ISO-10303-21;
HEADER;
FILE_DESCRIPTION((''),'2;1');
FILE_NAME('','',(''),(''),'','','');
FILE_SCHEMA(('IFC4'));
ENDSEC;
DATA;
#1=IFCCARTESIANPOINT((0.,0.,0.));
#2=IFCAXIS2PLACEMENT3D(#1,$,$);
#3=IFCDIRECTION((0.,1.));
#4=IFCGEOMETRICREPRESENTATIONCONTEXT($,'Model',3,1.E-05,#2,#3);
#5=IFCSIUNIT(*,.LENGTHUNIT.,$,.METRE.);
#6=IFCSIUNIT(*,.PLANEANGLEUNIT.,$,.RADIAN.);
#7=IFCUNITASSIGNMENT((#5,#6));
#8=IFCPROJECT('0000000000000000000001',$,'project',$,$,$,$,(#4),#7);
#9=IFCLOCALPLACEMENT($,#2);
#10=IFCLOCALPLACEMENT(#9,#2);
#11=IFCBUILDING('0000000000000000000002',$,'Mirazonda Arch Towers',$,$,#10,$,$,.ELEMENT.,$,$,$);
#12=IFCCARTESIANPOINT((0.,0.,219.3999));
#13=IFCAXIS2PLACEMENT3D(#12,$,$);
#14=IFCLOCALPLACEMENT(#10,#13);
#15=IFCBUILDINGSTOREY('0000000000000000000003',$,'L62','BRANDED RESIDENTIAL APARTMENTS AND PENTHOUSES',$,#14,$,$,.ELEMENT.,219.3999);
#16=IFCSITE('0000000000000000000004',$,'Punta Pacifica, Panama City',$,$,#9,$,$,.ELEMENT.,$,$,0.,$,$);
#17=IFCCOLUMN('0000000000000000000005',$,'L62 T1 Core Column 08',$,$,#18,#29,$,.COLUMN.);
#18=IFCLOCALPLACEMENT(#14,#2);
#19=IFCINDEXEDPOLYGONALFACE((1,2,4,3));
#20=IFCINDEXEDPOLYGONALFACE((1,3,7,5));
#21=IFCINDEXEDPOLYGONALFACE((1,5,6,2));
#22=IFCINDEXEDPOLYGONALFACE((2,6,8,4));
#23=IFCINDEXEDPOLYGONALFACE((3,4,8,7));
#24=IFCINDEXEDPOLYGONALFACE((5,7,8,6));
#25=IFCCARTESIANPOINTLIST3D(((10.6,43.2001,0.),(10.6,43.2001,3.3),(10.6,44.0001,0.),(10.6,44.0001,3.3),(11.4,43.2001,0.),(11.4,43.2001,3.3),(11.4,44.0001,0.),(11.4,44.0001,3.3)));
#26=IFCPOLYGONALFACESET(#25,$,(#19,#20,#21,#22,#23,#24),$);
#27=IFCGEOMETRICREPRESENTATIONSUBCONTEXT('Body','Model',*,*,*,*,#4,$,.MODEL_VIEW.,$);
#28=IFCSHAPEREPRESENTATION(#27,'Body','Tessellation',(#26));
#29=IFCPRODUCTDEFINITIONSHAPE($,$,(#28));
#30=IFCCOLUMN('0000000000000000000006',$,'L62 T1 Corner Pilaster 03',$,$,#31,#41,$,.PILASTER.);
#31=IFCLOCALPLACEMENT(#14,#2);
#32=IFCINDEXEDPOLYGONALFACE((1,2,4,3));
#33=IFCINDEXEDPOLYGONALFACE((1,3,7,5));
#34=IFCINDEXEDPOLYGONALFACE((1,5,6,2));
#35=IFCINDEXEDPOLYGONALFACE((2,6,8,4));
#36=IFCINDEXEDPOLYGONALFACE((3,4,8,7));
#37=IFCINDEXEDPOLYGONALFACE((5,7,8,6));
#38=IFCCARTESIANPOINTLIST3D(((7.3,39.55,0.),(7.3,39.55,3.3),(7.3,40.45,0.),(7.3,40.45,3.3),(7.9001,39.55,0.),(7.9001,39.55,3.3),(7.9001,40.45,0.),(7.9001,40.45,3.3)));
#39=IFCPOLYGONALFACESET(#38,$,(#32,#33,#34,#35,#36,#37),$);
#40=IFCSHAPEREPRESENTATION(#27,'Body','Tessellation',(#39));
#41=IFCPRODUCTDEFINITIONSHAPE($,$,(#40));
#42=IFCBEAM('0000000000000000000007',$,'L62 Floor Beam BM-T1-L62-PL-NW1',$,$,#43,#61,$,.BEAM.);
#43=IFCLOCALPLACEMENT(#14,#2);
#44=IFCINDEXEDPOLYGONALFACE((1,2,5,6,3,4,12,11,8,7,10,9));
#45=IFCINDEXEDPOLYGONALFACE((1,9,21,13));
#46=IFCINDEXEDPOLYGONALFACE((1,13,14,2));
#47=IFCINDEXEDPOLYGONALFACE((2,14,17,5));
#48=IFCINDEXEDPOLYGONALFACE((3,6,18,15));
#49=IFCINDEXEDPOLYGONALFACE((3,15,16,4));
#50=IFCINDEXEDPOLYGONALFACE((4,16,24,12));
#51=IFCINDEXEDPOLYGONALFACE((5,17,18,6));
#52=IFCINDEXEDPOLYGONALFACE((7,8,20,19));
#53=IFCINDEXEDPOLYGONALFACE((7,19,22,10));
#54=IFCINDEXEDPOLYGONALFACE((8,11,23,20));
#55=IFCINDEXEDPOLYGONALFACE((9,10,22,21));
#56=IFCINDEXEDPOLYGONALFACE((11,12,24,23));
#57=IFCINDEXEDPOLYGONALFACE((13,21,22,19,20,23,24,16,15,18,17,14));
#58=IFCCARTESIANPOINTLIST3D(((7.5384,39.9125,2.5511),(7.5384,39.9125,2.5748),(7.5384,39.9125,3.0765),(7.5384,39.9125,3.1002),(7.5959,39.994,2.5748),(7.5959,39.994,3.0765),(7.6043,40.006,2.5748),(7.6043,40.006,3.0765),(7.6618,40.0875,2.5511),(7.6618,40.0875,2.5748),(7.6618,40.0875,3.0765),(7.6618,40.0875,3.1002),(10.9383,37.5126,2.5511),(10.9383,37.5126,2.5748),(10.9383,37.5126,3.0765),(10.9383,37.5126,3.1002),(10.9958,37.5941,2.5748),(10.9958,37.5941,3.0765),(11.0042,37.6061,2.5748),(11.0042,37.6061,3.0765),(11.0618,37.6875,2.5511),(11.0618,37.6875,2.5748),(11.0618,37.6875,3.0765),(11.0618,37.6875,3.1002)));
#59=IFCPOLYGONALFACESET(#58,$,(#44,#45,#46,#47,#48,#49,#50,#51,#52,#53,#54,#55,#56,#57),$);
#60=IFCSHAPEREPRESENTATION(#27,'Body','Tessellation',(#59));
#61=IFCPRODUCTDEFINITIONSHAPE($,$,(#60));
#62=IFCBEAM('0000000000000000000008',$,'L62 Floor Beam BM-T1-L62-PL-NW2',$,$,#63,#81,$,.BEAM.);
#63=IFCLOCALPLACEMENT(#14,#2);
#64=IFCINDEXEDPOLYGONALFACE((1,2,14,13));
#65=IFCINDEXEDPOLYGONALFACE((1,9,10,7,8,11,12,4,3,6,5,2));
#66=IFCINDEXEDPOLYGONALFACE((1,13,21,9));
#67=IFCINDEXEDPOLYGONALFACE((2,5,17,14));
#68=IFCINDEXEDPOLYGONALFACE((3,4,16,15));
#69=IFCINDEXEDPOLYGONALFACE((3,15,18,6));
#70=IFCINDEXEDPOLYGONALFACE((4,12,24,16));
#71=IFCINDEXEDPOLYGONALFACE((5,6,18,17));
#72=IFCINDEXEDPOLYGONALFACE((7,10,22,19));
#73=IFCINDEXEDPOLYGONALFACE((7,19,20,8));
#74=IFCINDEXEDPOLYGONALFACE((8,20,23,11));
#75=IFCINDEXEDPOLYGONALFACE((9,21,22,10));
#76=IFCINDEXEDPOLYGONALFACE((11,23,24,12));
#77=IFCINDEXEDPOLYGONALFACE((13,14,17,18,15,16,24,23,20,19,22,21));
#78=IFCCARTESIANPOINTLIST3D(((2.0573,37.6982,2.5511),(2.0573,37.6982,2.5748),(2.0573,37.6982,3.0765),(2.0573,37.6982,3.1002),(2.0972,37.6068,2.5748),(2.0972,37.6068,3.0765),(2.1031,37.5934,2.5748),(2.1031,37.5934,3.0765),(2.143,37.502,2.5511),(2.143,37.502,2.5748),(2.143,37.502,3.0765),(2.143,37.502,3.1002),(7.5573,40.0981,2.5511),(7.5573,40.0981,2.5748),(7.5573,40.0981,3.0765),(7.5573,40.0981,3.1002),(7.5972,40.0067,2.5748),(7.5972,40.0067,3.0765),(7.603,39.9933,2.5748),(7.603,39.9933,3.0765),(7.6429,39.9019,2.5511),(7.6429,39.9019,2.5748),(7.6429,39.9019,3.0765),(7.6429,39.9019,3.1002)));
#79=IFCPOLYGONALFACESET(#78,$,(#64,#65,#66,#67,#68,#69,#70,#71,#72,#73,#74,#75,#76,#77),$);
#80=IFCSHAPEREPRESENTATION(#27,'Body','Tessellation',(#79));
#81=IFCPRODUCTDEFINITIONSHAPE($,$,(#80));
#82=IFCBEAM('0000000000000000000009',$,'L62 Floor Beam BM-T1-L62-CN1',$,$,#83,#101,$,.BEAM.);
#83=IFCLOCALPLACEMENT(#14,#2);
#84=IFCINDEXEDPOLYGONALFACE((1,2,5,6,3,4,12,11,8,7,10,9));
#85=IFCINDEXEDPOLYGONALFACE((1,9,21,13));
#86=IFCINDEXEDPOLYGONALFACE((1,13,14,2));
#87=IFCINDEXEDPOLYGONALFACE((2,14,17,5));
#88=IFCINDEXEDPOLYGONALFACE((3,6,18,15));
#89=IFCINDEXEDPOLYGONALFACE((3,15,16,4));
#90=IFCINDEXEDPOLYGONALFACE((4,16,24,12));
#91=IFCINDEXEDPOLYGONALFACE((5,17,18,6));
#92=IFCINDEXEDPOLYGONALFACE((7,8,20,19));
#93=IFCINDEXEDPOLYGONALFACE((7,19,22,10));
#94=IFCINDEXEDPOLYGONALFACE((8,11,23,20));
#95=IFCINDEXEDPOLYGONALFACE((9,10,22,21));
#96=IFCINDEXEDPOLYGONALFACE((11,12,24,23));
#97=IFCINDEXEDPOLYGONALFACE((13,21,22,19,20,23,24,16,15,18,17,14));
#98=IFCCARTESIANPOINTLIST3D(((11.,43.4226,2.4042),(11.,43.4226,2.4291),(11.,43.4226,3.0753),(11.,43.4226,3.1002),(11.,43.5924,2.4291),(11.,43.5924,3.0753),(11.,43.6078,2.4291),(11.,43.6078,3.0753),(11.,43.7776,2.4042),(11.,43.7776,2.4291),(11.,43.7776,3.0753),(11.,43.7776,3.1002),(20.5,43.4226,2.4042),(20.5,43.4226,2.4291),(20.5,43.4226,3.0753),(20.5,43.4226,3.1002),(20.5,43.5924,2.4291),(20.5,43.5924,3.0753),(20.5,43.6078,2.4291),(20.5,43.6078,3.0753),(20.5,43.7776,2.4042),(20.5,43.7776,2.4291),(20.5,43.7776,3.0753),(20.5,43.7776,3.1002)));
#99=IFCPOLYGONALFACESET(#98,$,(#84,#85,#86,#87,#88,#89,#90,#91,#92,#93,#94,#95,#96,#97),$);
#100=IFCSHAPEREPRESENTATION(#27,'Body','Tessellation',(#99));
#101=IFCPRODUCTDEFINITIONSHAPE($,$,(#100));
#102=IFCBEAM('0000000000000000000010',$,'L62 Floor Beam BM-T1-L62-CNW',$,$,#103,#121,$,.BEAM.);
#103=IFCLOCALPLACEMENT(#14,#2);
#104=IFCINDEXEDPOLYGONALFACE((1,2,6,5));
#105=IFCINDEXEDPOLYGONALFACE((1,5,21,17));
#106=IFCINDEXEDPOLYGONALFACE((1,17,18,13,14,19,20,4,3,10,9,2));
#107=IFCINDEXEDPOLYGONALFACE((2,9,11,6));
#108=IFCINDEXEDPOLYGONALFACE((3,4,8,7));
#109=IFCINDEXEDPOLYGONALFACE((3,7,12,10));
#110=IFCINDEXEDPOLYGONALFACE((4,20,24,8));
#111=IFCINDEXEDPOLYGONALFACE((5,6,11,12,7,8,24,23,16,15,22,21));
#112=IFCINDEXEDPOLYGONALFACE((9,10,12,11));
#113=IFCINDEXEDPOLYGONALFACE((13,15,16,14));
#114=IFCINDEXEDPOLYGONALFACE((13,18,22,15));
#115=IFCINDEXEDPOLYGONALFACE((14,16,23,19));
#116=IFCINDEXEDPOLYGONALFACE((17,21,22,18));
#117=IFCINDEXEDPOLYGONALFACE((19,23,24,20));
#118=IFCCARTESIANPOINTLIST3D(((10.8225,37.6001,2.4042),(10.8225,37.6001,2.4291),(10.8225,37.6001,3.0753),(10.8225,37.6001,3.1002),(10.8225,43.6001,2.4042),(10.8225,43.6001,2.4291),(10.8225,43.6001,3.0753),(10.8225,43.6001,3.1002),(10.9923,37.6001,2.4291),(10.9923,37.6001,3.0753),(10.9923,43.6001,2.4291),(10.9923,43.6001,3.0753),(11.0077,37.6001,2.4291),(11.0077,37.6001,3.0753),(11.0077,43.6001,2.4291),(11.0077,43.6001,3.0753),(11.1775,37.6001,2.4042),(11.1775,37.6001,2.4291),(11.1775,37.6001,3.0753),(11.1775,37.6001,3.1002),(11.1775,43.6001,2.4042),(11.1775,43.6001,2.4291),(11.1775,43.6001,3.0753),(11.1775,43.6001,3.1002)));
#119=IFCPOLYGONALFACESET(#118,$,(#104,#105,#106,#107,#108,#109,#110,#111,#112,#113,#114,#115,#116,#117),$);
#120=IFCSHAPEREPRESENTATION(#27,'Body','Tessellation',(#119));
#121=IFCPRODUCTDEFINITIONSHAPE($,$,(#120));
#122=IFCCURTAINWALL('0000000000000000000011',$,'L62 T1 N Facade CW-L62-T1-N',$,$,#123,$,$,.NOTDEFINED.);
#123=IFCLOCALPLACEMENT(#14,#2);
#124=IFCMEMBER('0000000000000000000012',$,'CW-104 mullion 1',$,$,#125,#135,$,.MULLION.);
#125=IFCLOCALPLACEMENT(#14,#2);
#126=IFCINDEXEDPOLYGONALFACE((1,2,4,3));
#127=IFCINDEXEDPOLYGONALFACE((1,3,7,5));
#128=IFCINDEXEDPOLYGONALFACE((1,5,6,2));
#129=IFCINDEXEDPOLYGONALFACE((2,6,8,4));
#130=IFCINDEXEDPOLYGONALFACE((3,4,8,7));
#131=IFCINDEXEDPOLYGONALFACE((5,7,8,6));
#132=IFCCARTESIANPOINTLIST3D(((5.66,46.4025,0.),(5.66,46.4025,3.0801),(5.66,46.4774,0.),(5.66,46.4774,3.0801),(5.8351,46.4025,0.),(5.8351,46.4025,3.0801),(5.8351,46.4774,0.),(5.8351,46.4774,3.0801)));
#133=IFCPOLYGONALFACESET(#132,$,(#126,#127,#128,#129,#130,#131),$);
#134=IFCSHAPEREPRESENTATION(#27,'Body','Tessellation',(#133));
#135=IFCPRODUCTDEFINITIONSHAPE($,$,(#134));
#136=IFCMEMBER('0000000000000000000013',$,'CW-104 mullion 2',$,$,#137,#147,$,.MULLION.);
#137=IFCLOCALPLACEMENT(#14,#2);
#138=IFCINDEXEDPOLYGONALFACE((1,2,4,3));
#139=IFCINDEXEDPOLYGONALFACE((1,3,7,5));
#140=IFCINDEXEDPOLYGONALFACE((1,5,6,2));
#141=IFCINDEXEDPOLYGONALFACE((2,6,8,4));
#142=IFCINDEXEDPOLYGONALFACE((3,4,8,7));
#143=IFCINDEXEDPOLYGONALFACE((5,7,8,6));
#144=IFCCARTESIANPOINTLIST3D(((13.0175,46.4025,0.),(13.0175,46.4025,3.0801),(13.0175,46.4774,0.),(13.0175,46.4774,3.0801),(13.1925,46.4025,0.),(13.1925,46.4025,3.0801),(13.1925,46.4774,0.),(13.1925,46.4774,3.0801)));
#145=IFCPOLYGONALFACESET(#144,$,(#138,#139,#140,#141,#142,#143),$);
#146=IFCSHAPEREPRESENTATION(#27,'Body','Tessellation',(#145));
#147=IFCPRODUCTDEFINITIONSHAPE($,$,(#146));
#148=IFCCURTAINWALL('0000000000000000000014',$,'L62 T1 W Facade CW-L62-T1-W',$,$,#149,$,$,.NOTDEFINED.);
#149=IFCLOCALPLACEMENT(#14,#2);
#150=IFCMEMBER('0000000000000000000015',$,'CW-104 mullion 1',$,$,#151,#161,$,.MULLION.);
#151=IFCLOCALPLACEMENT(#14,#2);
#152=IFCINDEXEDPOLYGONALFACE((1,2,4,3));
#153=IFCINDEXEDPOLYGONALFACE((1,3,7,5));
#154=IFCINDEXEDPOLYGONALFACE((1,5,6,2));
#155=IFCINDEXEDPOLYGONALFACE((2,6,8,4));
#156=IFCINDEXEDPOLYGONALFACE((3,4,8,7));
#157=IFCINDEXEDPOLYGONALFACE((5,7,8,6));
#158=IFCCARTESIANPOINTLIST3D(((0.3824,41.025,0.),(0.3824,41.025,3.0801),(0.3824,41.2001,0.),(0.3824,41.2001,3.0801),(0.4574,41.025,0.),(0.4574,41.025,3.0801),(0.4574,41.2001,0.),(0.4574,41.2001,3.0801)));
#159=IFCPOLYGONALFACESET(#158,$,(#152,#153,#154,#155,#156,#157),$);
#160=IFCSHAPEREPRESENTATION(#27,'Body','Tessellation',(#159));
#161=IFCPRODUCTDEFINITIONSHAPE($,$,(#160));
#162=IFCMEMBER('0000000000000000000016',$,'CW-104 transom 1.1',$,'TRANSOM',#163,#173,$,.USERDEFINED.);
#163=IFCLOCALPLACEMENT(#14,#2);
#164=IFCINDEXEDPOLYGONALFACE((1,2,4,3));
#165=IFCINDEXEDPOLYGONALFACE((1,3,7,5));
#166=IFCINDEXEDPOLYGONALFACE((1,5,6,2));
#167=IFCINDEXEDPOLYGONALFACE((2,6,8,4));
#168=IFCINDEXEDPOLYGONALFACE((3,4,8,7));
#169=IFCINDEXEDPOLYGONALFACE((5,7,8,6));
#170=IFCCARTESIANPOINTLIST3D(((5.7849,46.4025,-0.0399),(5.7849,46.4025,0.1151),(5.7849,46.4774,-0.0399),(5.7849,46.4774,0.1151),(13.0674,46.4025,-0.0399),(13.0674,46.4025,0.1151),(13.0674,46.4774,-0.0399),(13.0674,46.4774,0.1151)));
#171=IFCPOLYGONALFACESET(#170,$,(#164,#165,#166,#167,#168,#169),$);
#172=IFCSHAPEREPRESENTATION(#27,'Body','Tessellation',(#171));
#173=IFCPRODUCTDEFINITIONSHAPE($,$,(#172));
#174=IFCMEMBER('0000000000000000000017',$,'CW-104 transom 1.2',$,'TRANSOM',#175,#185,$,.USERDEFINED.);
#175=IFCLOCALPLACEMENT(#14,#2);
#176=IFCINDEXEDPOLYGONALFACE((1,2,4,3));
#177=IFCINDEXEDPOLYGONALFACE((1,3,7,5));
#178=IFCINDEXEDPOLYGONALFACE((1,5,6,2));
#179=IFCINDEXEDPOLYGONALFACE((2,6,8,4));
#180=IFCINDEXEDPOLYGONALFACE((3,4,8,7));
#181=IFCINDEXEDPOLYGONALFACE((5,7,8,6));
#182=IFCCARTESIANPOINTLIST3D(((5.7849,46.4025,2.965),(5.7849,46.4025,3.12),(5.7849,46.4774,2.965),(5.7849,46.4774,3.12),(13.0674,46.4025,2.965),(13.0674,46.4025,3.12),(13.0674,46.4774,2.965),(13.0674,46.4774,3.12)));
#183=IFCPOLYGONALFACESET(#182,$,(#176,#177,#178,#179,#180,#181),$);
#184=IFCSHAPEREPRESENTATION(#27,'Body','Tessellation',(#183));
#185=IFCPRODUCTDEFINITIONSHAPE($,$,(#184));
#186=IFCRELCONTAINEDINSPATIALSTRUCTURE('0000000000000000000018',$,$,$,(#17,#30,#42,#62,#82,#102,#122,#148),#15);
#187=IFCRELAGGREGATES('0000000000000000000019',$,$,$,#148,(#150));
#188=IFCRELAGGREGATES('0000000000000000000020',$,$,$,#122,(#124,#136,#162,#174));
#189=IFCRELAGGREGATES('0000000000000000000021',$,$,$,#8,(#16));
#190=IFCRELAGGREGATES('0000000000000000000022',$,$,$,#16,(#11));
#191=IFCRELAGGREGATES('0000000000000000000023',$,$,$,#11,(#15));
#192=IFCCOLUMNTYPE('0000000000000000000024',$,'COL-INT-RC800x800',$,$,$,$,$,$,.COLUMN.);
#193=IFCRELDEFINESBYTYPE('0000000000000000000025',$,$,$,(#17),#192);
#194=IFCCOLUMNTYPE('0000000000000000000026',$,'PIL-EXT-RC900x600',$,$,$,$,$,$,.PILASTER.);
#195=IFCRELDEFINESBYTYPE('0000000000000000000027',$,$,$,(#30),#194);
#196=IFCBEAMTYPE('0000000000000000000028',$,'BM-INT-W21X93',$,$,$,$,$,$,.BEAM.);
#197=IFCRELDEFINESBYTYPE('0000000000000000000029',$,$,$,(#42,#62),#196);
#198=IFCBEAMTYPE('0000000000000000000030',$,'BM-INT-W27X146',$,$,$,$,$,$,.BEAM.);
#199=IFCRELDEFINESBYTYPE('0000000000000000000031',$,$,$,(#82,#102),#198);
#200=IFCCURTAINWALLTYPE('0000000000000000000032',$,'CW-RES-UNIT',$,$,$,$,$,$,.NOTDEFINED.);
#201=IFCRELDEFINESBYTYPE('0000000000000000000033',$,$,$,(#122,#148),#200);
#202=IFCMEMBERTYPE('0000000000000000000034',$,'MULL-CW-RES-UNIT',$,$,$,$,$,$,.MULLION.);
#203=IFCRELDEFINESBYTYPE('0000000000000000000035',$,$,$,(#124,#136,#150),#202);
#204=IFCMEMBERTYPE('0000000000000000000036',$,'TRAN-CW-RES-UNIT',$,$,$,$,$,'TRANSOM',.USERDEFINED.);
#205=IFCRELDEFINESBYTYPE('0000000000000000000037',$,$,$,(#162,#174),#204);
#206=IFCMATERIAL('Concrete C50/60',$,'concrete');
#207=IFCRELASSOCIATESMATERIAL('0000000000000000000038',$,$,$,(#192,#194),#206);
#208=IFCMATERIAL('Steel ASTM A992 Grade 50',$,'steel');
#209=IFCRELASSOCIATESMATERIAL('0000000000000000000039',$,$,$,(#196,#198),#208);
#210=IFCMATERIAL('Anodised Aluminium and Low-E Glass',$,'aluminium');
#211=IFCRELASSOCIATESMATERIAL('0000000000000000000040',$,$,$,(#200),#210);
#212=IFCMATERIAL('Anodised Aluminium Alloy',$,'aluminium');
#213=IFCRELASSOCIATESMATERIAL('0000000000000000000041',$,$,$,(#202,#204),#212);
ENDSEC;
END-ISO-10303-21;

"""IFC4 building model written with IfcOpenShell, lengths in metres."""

from ifc_helpers import new_model, si_unit, direction, frame, origin, origin_2d, place, context, subcontext, project, spatial, rectangle, i_section, extrude, material, material_profile, profile_set, type_object, element, aggregate, save


model = new_model("IFC4")

# Units and contexts
model_context = context("Model", 3, precision=1e-05, world=origin(), true_north=direction((0.0, 1.0)))
body_context = subcontext(model_context, "Body", "Model", "MODEL_VIEW")
ifc_project = project(units=[si_unit("LENGTHUNIT", "METRE"), si_unit("PLANEANGLEUNIT", "RADIAN")], contexts=[model_context])

# Site, building, storey
site_placement = place(None, origin())
site = spatial("IfcSite", under=ifc_project, at=site_placement, Name="Punta Pacifica, Panama City", CompositionType="ELEMENT", RefElevation=0.0)
building_placement = place(site_placement, origin())
building = spatial("IfcBuilding", under=site, at=building_placement, Name="Mirazonda Arch Towers", CompositionType="ELEMENT")
storey_placement = place(building_placement, frame((0.0, 0.0, 219.3999)))
storey = spatial("IfcBuildingStorey", under=building, at=storey_placement, Name="L62", Description="BRANDED RESIDENTIAL APARTMENTS AND PENTHOUSES", CompositionType="ELEMENT", Elevation=219.3999)

# Columns
ifc_material_1 = material(Name="Concrete C50/60", Category="concrete")
ifc_material_profile_1 = material_profile(ifc_material_1, rectangle(XDim=0.8, YDim=0.8, at=origin_2d()), Name="RC800x800")
ifc_profile_set_1 = profile_set([ifc_material_profile_1], Name="Concrete C50/60")
column_type_1 = type_object("IfcColumnType", Name="COL-INT-RC800x800", PredefinedType="COLUMN", material=ifc_profile_set_1)
column_1_placement = place(storey_placement, frame((11.0, 43.6001, 0.0), z_axis=(0.0, 0.0, 1.0), x_axis=(1.0, 0.0, 0.0)))
element("IfcColumn", 1, at=column_1_placement, inside=storey, type_object=column_type_1, Name="L62 T1 Core Column 08", PredefinedType="COLUMN", context=body_context, shape_type="SweptSolid", body=[
    extrude(rectangle(XDim=0.8, YDim=0.8, at=origin_2d()), origin(), (0.0, 0.0, 1.0), 3.3),
])
ifc_material_profile_2 = material_profile(ifc_material_1, rectangle(XDim=0.6001, YDim=0.8999, at=origin_2d()), Name="RC900x600")
ifc_profile_set_2 = profile_set([ifc_material_profile_2], Name="Concrete C50/60")
column_type_2 = type_object("IfcColumnType", Name="PIL-EXT-RC900x600", PredefinedType="PILASTER", material=ifc_profile_set_2)
column_2_placement = place(storey_placement, frame((7.6001, 40.0, 0.0), z_axis=(0.0, 0.0, 1.0), x_axis=(1.0, 0.0, 0.0)))
element("IfcColumn", 2, at=column_2_placement, inside=storey, type_object=column_type_2, Name="L62 T1 Corner Pilaster 03", PredefinedType="PILASTER", context=body_context, shape_type="SweptSolid", body=[
    extrude(rectangle(XDim=0.6001, YDim=0.8999, at=origin_2d()), origin(), (0.0, 0.0, 1.0), 3.3),
])

# Beams
ifc_material_2 = material(Name="Steel ASTM A992 Grade 50", Category="steel")
ifc_material_profile_3 = material_profile(ifc_material_2, i_section(OverallWidth=0.2141, OverallDepth=0.5491, WebThickness=0.0146, FlangeThickness=0.0237, at=origin_2d()), Name="W21X93")
ifc_profile_set_3 = profile_set([ifc_material_profile_3], Name="Steel ASTM A992 Grade 50")
beam_type_1 = type_object("IfcBeamType", Name="BM-INT-W21X93", PredefinedType="BEAM", material=ifc_profile_set_3)
beam_1_placement = place(storey_placement, frame((7.6001, 40.0, 2.8257), z_axis=(0.816971, -0.576679, 0.0), x_axis=(0.576679, 0.816971, 0.0)))
element("IfcBeam", 3, at=beam_1_placement, inside=storey, type_object=beam_type_1, Name="L62 Floor Beam BM-T1-L62-PL-NW1", PredefinedType="BEAM", context=body_context, shape_type="SweptSolid", body=[
    extrude(i_section(OverallWidth=0.2141, OverallDepth=0.5491, WebThickness=0.0146, FlangeThickness=0.0237, at=origin_2d()), origin(), (0.0, 0.0, 1.0), 4.1616),
])
beam_2_placement = place(storey_placement, frame((7.6001, 40.0, 2.8257), z_axis=(-0.916545, -0.399931, 0.0), x_axis=(0.399931, -0.916545, 0.0)))
element("IfcBeam", 4, at=beam_2_placement, inside=storey, type_object=beam_type_1, Name="L62 Floor Beam BM-T1-L62-PL-NW2", PredefinedType="BEAM", context=body_context, shape_type="SweptSolid", body=[
    extrude(i_section(OverallWidth=0.2141, OverallDepth=0.5491, WebThickness=0.0146, FlangeThickness=0.0237, at=origin_2d()), origin(), (0.0, 0.0, 1.0), 6.0007),
])
ifc_material_profile_4 = material_profile(ifc_material_2, i_section(OverallWidth=0.355, OverallDepth=0.696, WebThickness=0.0154, FlangeThickness=0.0249, at=origin_2d()), Name="W27X146")
ifc_profile_set_4 = profile_set([ifc_material_profile_4], Name="Steel ASTM A992 Grade 50")
beam_type_2 = type_object("IfcBeamType", Name="BM-INT-W27X146", PredefinedType="BEAM", material=ifc_profile_set_4)
beam_3_placement = place(storey_placement, frame((11.0, 43.6001, 2.7522), z_axis=(1.0, 0.0, 0.0), x_axis=(0.0, 1.0, 0.0)))
element("IfcBeam", 5, at=beam_3_placement, inside=storey, type_object=beam_type_2, Name="L62 Floor Beam BM-T1-L62-CN1", PredefinedType="BEAM", context=body_context, shape_type="SweptSolid", body=[
    extrude(i_section(OverallWidth=0.355, OverallDepth=0.696, WebThickness=0.0154, FlangeThickness=0.0249, at=origin_2d()), origin(), (0.0, 0.0, 1.0), 9.5),
])
beam_4_placement = place(storey_placement, frame((11.0, 37.6001, 2.7522), z_axis=(0.0, 1.0, 0.0), x_axis=(-1.0, 0.0, 0.0)))
element("IfcBeam", 6, at=beam_4_placement, inside=storey, type_object=beam_type_2, Name="L62 Floor Beam BM-T1-L62-CNW", PredefinedType="BEAM", context=body_context, shape_type="SweptSolid", body=[
    extrude(i_section(OverallWidth=0.355, OverallDepth=0.696, WebThickness=0.0154, FlangeThickness=0.0249, at=origin_2d()), origin(), (0.0, 0.0, 1.0), 6.0),
])

# Curtain wall, members
ifc_material_3 = material(Name="Anodised Aluminium and Low-E Glass", Category="aluminium")
curtain_wall_type = type_object("IfcCurtainWallType", Name="CW-RES-UNIT", PredefinedType="NOTDEFINED", material=ifc_material_3)
curtain_wall_1_placement = place(storey_placement, origin())
curtain_wall_1 = element("IfcCurtainWall", 7, at=curtain_wall_1_placement, inside=storey, type_object=curtain_wall_type, Name="L62 T1 N Facade CW-L62-T1-N", PredefinedType="NOTDEFINED")
ifc_material_4 = material(Name="Anodised Aluminium Alloy", Category="aluminium")
ifc_material_profile_5 = material_profile(ifc_material_4, rectangle(XDim=0.075, YDim=0.175, at=origin_2d()), Name="ALU-MULL-75x175")
ifc_profile_set_5 = profile_set([ifc_material_profile_5], Name="Anodised Aluminium Alloy")
member_type_1 = type_object("IfcMemberType", Name="MULL-CW-RES-UNIT", PredefinedType="MULLION", material=ifc_profile_set_5)
member_1_placement = place(storey_placement, frame((5.7476, 46.4399, 0.0), z_axis=(0.0, 0.0, 1.0), x_axis=(0.0, 1.0, 0.0)))
member_1 = element("IfcMember", 8, at=member_1_placement, type_object=member_type_1, Name="CW-104 mullion 1", PredefinedType="MULLION", context=body_context, shape_type="SweptSolid", body=[
    extrude(rectangle(XDim=0.075, YDim=0.175, at=origin_2d()), origin(), (0.0, 0.0, 1.0), 3.0801),
])
member_2_placement = place(storey_placement, frame((13.105, 46.4399, 0.0), z_axis=(0.0, 0.0, 1.0), x_axis=(0.0, 1.0, 0.0)))
member_2 = element("IfcMember", 9, at=member_2_placement, type_object=member_type_1, Name="CW-104 mullion 2", PredefinedType="MULLION", context=body_context, shape_type="SweptSolid", body=[
    extrude(rectangle(XDim=0.075, YDim=0.175, at=origin_2d()), origin(), (0.0, 0.0, 1.0), 3.0801),
])

# Curtain wall, member
curtain_wall_2_placement = place(storey_placement, origin())
curtain_wall_2 = element("IfcCurtainWall", 10, at=curtain_wall_2_placement, inside=storey, type_object=curtain_wall_type, Name="L62 T1 W Facade CW-L62-T1-W", PredefinedType="NOTDEFINED")
member_3_placement = place(storey_placement, frame((0.4199, 41.1125, 0.0), z_axis=(0.0, 0.0, 1.0), x_axis=(1.0, 0.0, 0.0)))
member_3 = element("IfcMember", 11, at=member_3_placement, type_object=member_type_1, Name="CW-104 mullion 1", PredefinedType="MULLION", context=body_context, shape_type="SweptSolid", body=[
    extrude(rectangle(XDim=0.075, YDim=0.175, at=origin_2d()), origin(), (0.0, 0.0, 1.0), 3.0801),
])

# Members
ifc_material_profile_6 = material_profile(ifc_material_4, rectangle(XDim=0.075, YDim=0.155, at=origin_2d()), Name="ALU-TRAN-75x155")
ifc_profile_set_6 = profile_set([ifc_material_profile_6], Name="Anodised Aluminium Alloy")
member_type_2 = type_object("IfcMemberType", Name="TRAN-CW-RES-UNIT", ElementType="TRANSOM", PredefinedType="USERDEFINED", material=ifc_profile_set_6)
member_4_placement = place(storey_placement, frame((5.7849, 46.4399, 0.0376), z_axis=(1.0, 0.0, 0.0), x_axis=(0.0, 1.0, 0.0)))
member_4 = element("IfcMember", 12, at=member_4_placement, type_object=member_type_2, Name="CW-104 transom 1.1", ObjectType="TRANSOM", PredefinedType="USERDEFINED", context=body_context, shape_type="SweptSolid", body=[
    extrude(rectangle(XDim=0.075, YDim=0.155, at=origin_2d()), origin(), (0.0, 0.0, 1.0), 7.2825),
])
member_5_placement = place(storey_placement, frame((5.7849, 46.4399, 3.0425), z_axis=(1.0, 0.0, 0.0), x_axis=(0.0, 1.0, 0.0)))
member_5 = element("IfcMember", 13, at=member_5_placement, type_object=member_type_2, Name="CW-104 transom 1.2", ObjectType="TRANSOM", PredefinedType="USERDEFINED", context=body_context, shape_type="SweptSolid", body=[
    extrude(rectangle(XDim=0.075, YDim=0.155, at=origin_2d()), origin(), (0.0, 0.0, 1.0), 7.2825),
])
aggregate(curtain_wall_2, [member_3])

aggregate(curtain_wall_1, [member_1, member_2, member_4, member_5])

save(model, "model.ifc")
